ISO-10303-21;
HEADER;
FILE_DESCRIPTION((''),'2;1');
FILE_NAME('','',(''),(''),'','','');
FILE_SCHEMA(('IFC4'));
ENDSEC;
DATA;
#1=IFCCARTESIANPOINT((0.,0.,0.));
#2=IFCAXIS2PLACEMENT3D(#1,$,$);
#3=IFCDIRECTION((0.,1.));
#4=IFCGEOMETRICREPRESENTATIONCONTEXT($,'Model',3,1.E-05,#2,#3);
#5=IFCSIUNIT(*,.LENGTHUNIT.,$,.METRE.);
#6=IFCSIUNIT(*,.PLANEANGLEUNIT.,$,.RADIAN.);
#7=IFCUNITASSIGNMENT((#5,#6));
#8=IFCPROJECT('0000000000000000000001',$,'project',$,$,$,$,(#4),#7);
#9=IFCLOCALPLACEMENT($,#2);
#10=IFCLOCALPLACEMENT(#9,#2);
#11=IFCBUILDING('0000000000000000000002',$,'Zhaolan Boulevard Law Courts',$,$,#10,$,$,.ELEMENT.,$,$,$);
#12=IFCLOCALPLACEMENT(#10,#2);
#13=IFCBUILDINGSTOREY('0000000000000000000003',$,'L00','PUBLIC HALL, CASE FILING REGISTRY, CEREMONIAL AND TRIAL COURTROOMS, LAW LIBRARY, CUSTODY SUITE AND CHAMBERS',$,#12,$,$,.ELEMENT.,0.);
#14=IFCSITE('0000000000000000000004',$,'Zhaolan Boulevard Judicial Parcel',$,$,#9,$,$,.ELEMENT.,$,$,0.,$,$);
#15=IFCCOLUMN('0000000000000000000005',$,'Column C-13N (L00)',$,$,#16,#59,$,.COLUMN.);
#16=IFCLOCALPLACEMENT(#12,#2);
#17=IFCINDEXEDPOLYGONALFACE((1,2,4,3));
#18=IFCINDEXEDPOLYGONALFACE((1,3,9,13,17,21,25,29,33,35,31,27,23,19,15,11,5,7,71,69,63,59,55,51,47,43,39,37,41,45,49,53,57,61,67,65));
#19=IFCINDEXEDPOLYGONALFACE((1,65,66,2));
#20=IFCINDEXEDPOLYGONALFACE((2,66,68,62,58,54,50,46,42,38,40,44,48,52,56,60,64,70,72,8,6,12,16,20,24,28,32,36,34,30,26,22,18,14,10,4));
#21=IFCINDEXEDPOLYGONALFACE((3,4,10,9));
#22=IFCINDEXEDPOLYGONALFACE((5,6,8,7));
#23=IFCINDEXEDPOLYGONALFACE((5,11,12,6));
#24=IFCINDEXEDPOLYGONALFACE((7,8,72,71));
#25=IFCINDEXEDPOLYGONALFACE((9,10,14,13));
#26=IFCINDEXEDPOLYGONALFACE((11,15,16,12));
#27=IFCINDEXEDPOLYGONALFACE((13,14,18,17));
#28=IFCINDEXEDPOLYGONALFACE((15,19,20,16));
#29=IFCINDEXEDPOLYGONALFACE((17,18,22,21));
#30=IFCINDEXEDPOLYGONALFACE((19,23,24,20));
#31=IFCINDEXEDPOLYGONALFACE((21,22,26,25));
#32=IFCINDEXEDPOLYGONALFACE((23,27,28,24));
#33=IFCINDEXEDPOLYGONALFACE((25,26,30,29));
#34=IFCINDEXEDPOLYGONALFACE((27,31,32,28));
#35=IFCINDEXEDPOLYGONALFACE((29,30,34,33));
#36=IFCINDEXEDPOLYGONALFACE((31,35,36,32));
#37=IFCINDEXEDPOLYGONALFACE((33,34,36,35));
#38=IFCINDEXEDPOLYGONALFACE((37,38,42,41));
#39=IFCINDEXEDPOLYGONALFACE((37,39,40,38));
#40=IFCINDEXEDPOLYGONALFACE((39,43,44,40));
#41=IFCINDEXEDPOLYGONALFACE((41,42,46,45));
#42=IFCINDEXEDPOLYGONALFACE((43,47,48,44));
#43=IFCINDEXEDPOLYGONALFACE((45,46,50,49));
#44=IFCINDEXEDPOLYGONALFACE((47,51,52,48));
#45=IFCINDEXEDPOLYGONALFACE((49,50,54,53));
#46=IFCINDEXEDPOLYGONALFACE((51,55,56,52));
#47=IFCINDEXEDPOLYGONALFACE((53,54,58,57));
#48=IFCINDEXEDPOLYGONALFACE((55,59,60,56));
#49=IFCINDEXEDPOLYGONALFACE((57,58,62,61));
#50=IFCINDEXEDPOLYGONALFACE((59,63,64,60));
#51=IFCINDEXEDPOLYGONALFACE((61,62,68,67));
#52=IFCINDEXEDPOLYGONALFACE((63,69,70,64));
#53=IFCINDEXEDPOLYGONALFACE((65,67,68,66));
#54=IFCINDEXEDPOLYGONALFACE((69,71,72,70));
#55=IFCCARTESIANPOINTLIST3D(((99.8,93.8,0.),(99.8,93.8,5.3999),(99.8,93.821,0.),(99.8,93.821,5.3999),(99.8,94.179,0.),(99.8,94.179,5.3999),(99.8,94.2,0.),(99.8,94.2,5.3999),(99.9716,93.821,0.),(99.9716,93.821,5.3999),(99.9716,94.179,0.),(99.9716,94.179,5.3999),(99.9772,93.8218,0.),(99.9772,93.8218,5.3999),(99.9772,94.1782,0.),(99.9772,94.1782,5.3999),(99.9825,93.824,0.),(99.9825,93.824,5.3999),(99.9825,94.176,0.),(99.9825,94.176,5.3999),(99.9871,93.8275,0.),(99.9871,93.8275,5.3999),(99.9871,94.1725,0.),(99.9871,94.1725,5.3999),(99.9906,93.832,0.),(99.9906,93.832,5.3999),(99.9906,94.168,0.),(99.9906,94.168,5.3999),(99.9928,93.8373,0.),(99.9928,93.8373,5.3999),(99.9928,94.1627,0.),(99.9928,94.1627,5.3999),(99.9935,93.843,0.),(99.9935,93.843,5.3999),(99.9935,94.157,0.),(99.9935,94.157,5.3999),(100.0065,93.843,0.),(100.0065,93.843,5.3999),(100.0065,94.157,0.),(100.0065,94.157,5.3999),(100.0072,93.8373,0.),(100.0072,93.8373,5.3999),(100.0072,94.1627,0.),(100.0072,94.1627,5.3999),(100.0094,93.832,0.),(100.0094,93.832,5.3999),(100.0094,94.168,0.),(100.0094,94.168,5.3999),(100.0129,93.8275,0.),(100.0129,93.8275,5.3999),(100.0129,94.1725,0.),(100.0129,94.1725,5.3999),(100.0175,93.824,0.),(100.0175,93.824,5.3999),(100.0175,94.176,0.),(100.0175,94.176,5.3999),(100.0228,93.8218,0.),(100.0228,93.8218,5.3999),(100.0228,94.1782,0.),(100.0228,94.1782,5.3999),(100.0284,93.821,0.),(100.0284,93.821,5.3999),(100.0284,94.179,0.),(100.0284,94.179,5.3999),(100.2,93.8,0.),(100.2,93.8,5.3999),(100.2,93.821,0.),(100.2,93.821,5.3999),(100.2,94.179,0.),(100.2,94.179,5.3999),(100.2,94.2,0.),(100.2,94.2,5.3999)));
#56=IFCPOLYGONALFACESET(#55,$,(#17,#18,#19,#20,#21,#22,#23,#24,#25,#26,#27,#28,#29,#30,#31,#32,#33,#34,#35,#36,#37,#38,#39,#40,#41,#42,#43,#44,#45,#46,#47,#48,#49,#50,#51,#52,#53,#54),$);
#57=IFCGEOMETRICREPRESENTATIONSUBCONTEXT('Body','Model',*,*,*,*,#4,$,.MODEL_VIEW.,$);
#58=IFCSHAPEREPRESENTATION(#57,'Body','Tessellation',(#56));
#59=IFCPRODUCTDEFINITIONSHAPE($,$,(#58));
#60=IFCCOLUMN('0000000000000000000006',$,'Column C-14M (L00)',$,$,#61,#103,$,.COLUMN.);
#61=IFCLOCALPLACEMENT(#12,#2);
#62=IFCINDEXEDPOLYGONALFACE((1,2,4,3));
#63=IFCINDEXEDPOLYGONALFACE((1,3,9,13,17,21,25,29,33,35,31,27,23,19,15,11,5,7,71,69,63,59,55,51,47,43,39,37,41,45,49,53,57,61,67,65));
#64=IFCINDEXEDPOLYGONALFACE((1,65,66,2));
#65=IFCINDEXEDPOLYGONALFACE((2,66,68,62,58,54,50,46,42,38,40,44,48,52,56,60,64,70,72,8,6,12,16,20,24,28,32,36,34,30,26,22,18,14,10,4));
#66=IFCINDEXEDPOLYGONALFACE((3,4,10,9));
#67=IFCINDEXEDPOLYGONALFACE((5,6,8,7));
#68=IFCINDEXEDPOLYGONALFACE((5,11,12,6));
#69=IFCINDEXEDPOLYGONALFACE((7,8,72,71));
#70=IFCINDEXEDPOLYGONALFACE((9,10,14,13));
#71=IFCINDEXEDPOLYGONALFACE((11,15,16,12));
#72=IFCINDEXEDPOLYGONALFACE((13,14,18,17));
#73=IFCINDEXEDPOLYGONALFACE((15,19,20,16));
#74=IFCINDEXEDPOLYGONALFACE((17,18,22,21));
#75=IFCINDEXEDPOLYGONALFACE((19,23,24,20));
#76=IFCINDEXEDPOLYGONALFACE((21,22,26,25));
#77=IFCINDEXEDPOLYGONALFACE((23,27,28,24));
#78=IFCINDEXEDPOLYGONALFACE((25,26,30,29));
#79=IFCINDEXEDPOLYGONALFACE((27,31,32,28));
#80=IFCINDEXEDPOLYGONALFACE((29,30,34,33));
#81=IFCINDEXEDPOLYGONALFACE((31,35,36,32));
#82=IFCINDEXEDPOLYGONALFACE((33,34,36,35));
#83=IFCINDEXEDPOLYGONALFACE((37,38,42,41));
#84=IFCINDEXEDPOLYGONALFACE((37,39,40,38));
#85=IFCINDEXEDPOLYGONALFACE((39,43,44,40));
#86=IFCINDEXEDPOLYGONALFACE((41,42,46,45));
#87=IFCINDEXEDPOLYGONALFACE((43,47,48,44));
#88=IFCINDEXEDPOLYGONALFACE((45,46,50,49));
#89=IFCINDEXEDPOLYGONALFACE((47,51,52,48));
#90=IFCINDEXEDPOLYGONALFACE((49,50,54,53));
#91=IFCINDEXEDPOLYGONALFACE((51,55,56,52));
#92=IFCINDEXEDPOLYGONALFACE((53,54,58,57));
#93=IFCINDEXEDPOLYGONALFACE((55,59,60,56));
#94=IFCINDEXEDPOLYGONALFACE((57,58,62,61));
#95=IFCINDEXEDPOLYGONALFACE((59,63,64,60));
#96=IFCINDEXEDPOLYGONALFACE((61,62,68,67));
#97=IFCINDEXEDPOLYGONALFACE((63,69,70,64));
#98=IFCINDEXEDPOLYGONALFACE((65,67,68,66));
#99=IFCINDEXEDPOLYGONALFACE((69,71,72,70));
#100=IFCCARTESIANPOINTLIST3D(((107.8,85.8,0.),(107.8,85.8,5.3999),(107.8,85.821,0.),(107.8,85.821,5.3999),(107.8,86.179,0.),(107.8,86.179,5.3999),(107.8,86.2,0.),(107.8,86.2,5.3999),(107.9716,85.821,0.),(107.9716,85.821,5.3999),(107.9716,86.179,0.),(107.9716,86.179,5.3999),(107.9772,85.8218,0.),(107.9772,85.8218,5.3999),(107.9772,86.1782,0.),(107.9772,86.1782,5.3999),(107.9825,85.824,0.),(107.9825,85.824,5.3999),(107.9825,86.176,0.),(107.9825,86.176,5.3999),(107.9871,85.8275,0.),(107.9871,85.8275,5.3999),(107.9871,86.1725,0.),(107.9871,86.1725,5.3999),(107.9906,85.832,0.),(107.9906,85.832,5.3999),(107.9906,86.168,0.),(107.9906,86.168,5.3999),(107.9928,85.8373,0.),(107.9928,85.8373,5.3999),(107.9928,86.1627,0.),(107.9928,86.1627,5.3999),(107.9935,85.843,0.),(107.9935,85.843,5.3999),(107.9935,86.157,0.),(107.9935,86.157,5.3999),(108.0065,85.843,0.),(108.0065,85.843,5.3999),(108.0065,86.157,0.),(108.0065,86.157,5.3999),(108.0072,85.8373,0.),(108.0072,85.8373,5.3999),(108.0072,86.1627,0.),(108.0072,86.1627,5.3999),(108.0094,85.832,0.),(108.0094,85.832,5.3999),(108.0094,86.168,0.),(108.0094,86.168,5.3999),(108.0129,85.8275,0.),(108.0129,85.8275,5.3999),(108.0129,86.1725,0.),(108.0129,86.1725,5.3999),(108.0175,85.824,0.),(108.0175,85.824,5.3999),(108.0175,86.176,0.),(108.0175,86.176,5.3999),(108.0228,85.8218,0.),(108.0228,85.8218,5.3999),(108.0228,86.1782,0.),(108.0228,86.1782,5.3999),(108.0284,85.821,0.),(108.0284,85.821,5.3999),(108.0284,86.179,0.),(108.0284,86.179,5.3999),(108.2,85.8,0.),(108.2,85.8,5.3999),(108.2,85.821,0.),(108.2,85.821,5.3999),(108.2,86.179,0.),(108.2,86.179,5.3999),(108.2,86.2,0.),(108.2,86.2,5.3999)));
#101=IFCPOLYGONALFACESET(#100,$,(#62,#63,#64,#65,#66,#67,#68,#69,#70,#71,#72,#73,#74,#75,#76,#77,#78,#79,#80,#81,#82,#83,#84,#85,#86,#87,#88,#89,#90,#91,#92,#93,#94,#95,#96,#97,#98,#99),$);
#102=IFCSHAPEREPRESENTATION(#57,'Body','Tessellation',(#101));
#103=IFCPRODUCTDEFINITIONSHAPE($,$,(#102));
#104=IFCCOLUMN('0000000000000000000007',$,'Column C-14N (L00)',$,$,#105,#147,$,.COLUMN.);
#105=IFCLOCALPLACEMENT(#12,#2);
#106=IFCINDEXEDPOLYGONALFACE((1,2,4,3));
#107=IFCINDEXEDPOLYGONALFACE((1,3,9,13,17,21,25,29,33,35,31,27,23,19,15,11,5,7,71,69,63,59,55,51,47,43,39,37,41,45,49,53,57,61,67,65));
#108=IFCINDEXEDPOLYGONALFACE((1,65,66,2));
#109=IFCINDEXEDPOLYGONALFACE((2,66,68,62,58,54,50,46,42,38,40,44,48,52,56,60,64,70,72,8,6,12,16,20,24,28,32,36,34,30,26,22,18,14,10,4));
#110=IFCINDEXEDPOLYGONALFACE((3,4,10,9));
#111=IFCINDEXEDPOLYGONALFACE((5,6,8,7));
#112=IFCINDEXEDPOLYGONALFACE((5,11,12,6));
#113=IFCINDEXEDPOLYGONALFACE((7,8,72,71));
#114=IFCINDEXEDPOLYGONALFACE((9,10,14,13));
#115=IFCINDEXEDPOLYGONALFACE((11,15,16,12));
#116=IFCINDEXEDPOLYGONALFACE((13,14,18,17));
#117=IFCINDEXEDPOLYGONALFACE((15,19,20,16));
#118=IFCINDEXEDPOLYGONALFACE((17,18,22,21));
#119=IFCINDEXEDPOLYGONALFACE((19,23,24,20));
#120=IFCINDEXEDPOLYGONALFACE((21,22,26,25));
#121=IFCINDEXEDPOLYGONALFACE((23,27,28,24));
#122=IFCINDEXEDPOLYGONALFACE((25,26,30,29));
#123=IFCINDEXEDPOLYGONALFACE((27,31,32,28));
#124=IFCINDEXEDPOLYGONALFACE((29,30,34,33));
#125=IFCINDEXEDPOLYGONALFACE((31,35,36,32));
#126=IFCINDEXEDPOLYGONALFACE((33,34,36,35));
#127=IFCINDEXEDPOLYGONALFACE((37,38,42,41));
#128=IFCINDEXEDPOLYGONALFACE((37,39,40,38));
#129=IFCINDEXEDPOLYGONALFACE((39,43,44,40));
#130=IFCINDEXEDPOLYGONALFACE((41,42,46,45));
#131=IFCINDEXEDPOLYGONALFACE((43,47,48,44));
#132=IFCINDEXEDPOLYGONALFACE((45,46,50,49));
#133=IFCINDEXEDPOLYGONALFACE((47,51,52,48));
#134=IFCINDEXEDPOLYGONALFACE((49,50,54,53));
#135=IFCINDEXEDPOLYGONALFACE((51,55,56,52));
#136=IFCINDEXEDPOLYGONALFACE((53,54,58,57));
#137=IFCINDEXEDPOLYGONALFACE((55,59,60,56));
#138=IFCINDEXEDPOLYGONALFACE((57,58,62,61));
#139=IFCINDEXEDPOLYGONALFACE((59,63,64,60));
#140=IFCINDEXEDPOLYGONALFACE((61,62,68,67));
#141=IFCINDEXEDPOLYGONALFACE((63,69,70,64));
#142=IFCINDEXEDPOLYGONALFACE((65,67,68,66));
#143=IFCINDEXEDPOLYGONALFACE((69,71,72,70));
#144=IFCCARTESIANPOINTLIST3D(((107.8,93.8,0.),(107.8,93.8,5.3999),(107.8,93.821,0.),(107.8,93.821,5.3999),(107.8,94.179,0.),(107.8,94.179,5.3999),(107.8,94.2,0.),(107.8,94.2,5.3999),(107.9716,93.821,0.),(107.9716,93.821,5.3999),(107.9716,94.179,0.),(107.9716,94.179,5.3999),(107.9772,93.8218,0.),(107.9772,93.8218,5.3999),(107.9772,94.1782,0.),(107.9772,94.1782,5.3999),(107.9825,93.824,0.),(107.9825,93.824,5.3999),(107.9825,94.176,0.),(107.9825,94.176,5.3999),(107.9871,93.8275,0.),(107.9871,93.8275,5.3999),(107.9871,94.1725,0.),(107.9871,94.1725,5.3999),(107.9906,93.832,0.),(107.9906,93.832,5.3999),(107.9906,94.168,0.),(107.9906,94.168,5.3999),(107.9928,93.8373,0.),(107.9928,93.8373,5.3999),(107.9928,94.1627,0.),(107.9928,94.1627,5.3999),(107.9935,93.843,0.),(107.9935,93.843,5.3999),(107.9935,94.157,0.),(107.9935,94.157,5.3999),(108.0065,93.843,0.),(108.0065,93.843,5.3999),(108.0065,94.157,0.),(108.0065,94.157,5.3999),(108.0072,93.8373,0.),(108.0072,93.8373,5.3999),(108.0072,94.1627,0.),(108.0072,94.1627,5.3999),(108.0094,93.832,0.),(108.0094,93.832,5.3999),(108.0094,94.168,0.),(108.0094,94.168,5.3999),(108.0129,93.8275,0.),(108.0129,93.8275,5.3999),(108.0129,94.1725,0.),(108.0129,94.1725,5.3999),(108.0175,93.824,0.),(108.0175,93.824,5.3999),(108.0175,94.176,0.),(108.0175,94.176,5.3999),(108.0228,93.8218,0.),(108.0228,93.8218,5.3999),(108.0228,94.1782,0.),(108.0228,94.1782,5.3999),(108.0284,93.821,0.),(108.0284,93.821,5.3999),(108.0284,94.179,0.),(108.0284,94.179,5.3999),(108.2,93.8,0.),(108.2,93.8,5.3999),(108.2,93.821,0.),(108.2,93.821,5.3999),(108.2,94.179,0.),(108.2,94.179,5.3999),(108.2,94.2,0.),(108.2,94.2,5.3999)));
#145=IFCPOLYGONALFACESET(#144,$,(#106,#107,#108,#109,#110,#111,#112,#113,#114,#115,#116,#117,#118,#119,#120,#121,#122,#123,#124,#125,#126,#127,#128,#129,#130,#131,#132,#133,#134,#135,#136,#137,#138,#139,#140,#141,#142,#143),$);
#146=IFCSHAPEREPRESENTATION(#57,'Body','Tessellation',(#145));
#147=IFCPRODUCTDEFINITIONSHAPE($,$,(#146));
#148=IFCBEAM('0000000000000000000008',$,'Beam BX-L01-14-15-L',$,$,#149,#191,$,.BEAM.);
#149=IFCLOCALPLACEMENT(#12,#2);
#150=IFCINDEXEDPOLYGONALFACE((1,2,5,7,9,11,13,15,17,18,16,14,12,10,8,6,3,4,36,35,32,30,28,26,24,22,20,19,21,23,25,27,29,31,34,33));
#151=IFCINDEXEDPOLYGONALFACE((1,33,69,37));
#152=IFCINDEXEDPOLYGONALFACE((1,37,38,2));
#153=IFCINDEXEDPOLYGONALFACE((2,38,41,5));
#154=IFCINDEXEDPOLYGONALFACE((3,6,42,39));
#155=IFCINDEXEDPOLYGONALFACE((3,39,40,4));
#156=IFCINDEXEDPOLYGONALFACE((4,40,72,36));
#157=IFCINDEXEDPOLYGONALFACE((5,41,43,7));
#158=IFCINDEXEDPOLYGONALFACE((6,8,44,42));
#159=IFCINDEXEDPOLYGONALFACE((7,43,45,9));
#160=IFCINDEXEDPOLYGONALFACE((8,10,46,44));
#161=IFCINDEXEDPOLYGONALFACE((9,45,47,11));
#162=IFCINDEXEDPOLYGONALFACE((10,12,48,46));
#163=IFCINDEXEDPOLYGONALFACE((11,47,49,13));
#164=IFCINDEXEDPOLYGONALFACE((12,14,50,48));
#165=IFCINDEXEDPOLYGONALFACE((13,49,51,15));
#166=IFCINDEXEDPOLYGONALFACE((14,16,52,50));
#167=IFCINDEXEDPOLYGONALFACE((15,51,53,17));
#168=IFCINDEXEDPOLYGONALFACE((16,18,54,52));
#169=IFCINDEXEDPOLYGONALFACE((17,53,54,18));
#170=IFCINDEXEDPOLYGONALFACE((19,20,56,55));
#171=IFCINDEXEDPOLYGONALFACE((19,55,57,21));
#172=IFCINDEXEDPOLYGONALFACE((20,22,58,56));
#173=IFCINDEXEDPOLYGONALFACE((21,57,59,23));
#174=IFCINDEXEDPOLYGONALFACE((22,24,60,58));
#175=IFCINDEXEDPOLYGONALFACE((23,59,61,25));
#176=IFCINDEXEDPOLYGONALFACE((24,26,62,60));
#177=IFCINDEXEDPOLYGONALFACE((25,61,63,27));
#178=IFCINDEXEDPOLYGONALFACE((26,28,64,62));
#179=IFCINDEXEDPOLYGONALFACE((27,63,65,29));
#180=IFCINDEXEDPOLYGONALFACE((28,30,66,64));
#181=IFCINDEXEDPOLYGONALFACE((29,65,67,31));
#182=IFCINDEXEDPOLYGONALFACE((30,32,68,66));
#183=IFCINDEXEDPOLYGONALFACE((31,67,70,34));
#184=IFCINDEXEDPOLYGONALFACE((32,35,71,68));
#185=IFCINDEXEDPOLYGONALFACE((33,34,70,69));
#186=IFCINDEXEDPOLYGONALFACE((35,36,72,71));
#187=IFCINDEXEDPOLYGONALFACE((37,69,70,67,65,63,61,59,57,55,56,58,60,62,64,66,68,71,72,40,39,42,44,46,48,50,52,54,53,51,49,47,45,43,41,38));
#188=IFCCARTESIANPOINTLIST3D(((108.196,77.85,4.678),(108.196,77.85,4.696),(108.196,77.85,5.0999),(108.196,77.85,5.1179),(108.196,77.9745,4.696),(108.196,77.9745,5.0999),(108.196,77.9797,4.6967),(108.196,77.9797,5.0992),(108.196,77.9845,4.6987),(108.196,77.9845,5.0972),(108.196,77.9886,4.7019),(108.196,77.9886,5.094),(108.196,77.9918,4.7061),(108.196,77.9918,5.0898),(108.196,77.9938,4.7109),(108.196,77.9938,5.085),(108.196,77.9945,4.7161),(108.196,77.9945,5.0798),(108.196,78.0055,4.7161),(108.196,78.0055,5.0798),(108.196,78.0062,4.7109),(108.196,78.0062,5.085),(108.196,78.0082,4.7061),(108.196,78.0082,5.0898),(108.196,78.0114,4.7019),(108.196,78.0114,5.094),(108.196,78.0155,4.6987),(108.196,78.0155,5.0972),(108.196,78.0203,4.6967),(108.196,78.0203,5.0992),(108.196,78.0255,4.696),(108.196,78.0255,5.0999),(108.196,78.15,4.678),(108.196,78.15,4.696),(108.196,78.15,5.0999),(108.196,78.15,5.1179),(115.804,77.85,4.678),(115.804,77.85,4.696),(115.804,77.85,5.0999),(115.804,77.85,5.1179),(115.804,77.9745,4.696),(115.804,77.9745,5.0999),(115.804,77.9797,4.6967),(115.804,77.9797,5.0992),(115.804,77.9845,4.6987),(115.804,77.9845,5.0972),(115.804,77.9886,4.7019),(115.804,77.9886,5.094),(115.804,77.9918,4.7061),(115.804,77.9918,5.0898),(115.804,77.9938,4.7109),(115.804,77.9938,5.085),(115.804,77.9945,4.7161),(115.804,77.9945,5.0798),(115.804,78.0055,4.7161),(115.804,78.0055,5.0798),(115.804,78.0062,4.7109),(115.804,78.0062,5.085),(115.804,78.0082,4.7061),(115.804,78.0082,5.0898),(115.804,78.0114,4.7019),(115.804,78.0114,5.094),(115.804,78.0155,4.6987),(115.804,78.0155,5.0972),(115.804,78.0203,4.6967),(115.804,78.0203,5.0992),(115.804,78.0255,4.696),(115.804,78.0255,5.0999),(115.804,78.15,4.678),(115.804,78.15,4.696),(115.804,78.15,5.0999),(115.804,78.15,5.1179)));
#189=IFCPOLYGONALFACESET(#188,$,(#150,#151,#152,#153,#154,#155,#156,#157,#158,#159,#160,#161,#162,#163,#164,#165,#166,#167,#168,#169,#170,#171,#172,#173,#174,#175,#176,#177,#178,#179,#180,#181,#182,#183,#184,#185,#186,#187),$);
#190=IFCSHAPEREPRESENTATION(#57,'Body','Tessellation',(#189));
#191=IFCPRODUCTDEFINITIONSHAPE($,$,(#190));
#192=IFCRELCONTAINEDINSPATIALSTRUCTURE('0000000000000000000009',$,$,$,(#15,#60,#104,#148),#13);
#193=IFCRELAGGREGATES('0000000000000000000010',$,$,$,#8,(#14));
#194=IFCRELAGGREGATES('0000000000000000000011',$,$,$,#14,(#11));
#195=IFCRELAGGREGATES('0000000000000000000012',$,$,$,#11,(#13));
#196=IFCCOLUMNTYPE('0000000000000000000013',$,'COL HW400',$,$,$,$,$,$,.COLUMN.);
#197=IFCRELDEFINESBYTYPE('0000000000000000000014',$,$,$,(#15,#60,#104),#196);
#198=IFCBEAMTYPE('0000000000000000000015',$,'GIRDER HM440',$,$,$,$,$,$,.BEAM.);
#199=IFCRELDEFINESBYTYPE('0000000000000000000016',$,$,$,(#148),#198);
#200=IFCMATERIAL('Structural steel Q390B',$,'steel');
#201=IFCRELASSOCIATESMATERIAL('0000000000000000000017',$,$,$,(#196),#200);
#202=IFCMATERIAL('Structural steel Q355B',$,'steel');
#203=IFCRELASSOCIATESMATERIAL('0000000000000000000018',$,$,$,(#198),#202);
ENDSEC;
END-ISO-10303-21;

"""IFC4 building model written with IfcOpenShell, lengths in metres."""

from ifc_helpers import new_model, si_unit, direction, frame, origin, origin_2d, place, context, subcontext, project, spatial, i_section, extrude, material, material_profile, profile_set, type_object, element, save


model = new_model("IFC4")

# Units and contexts
model_context = context("Model", 3, precision=1e-05, world=origin(), true_north=direction((0.0, 1.0)))
body_context = subcontext(model_context, "Body", "Model", "MODEL_VIEW")
ifc_project = project(units=[si_unit("LENGTHUNIT", "METRE"), si_unit("PLANEANGLEUNIT", "RADIAN")], contexts=[model_context])

# Site, building, storey
site_placement = place(None, origin())
site = spatial("IfcSite", under=ifc_project, at=site_placement, Name="Zhaolan Boulevard Judicial Parcel", CompositionType="ELEMENT", RefElevation=0.0)
building_placement = place(site_placement, origin())
building = spatial("IfcBuilding", under=site, at=building_placement, Name="Zhaolan Boulevard Law Courts", CompositionType="ELEMENT")
storey_placement = place(building_placement, origin())
storey = spatial("IfcBuildingStorey", under=building, at=storey_placement, Name="L00", Description="PUBLIC HALL, CASE FILING REGISTRY, CEREMONIAL AND TRIAL COURTROOMS, LAW LIBRARY, CUSTODY SUITE AND CHAMBERS", CompositionType="ELEMENT", Elevation=0.0)

# Columns
ifc_material_1 = material(Name="Structural steel Q390B", Category="steel")
ifc_material_profile_1 = material_profile(ifc_material_1, i_section(OverallWidth=0.3999, OverallDepth=0.3999, WebThickness=0.0129, FlangeThickness=0.021, FilletRadius=0.022, at=origin_2d()), Name="HW400x400")
ifc_profile_set_1 = profile_set([ifc_material_profile_1], Name="Structural steel Q390B")
column_type = type_object("IfcColumnType", Name="COL HW400", PredefinedType="COLUMN", material=ifc_profile_set_1)
for number, where, z_axis, x_axis, name in (
    (1, (100.0, 94.0, 0.0), (0.0, 0.0, 1.0), (1.0, 0.0, 0.0), "Column C-13N (L00)"),
    (2, (108.0, 86.0, 0.0), (0.0, 0.0, 1.0), (1.0, 0.0, 0.0), "Column C-14M (L00)"),
    (3, (108.0, 94.0, 0.0), (0.0, 0.0, 1.0), (1.0, 0.0, 0.0), "Column C-14N (L00)"),
):
    element("IfcColumn", number, at=place(storey_placement, frame(where, z_axis=z_axis, x_axis=x_axis)), inside=storey, type_object=column_type, Name=name, PredefinedType="COLUMN", context=body_context, shape_type="SweptSolid", body=[
        extrude(i_section(OverallWidth=0.3999, OverallDepth=0.3999, WebThickness=0.0129, FlangeThickness=0.021, FilletRadius=0.022, at=origin_2d()), origin(), (0.0, 0.0, 1.0), 5.3999),
    ])

# Beam
ifc_material_2 = material(Name="Structural steel Q355B", Category="steel")
ifc_material_profile_2 = material_profile(ifc_material_2, i_section(OverallWidth=0.3, OverallDepth=0.4399, WebThickness=0.011, FlangeThickness=0.0181, FilletRadius=0.02, at=origin_2d()), Name="HM440x300")
ifc_profile_set_2 = profile_set([ifc_material_profile_2], Name="Structural steel Q355B")
beam_type_1 = type_object("IfcBeamType", Name="GIRDER HM440", PredefinedType="BEAM", material=ifc_profile_set_2)
for number, where, z_axis, x_axis, name in (
    (4, (108.196, 78.0, 4.8979), (1.0, 0.0, 0.0), (0.0, 1.0, 0.0), "Beam BX-L01-14-15-L"),
):
    element("IfcBeam", number, at=place(storey_placement, frame(where, z_axis=z_axis, x_axis=x_axis)), inside=storey, type_object=beam_type_1, Name=name, PredefinedType="BEAM", context=body_context, shape_type="SweptSolid", body=[
        extrude(i_section(OverallWidth=0.3, OverallDepth=0.4399, WebThickness=0.011, FlangeThickness=0.0181, FilletRadius=0.02, at=origin_2d()), origin(), (0.0, 0.0, 1.0), 7.6079),
    ])

save(model, "model.ifc")
